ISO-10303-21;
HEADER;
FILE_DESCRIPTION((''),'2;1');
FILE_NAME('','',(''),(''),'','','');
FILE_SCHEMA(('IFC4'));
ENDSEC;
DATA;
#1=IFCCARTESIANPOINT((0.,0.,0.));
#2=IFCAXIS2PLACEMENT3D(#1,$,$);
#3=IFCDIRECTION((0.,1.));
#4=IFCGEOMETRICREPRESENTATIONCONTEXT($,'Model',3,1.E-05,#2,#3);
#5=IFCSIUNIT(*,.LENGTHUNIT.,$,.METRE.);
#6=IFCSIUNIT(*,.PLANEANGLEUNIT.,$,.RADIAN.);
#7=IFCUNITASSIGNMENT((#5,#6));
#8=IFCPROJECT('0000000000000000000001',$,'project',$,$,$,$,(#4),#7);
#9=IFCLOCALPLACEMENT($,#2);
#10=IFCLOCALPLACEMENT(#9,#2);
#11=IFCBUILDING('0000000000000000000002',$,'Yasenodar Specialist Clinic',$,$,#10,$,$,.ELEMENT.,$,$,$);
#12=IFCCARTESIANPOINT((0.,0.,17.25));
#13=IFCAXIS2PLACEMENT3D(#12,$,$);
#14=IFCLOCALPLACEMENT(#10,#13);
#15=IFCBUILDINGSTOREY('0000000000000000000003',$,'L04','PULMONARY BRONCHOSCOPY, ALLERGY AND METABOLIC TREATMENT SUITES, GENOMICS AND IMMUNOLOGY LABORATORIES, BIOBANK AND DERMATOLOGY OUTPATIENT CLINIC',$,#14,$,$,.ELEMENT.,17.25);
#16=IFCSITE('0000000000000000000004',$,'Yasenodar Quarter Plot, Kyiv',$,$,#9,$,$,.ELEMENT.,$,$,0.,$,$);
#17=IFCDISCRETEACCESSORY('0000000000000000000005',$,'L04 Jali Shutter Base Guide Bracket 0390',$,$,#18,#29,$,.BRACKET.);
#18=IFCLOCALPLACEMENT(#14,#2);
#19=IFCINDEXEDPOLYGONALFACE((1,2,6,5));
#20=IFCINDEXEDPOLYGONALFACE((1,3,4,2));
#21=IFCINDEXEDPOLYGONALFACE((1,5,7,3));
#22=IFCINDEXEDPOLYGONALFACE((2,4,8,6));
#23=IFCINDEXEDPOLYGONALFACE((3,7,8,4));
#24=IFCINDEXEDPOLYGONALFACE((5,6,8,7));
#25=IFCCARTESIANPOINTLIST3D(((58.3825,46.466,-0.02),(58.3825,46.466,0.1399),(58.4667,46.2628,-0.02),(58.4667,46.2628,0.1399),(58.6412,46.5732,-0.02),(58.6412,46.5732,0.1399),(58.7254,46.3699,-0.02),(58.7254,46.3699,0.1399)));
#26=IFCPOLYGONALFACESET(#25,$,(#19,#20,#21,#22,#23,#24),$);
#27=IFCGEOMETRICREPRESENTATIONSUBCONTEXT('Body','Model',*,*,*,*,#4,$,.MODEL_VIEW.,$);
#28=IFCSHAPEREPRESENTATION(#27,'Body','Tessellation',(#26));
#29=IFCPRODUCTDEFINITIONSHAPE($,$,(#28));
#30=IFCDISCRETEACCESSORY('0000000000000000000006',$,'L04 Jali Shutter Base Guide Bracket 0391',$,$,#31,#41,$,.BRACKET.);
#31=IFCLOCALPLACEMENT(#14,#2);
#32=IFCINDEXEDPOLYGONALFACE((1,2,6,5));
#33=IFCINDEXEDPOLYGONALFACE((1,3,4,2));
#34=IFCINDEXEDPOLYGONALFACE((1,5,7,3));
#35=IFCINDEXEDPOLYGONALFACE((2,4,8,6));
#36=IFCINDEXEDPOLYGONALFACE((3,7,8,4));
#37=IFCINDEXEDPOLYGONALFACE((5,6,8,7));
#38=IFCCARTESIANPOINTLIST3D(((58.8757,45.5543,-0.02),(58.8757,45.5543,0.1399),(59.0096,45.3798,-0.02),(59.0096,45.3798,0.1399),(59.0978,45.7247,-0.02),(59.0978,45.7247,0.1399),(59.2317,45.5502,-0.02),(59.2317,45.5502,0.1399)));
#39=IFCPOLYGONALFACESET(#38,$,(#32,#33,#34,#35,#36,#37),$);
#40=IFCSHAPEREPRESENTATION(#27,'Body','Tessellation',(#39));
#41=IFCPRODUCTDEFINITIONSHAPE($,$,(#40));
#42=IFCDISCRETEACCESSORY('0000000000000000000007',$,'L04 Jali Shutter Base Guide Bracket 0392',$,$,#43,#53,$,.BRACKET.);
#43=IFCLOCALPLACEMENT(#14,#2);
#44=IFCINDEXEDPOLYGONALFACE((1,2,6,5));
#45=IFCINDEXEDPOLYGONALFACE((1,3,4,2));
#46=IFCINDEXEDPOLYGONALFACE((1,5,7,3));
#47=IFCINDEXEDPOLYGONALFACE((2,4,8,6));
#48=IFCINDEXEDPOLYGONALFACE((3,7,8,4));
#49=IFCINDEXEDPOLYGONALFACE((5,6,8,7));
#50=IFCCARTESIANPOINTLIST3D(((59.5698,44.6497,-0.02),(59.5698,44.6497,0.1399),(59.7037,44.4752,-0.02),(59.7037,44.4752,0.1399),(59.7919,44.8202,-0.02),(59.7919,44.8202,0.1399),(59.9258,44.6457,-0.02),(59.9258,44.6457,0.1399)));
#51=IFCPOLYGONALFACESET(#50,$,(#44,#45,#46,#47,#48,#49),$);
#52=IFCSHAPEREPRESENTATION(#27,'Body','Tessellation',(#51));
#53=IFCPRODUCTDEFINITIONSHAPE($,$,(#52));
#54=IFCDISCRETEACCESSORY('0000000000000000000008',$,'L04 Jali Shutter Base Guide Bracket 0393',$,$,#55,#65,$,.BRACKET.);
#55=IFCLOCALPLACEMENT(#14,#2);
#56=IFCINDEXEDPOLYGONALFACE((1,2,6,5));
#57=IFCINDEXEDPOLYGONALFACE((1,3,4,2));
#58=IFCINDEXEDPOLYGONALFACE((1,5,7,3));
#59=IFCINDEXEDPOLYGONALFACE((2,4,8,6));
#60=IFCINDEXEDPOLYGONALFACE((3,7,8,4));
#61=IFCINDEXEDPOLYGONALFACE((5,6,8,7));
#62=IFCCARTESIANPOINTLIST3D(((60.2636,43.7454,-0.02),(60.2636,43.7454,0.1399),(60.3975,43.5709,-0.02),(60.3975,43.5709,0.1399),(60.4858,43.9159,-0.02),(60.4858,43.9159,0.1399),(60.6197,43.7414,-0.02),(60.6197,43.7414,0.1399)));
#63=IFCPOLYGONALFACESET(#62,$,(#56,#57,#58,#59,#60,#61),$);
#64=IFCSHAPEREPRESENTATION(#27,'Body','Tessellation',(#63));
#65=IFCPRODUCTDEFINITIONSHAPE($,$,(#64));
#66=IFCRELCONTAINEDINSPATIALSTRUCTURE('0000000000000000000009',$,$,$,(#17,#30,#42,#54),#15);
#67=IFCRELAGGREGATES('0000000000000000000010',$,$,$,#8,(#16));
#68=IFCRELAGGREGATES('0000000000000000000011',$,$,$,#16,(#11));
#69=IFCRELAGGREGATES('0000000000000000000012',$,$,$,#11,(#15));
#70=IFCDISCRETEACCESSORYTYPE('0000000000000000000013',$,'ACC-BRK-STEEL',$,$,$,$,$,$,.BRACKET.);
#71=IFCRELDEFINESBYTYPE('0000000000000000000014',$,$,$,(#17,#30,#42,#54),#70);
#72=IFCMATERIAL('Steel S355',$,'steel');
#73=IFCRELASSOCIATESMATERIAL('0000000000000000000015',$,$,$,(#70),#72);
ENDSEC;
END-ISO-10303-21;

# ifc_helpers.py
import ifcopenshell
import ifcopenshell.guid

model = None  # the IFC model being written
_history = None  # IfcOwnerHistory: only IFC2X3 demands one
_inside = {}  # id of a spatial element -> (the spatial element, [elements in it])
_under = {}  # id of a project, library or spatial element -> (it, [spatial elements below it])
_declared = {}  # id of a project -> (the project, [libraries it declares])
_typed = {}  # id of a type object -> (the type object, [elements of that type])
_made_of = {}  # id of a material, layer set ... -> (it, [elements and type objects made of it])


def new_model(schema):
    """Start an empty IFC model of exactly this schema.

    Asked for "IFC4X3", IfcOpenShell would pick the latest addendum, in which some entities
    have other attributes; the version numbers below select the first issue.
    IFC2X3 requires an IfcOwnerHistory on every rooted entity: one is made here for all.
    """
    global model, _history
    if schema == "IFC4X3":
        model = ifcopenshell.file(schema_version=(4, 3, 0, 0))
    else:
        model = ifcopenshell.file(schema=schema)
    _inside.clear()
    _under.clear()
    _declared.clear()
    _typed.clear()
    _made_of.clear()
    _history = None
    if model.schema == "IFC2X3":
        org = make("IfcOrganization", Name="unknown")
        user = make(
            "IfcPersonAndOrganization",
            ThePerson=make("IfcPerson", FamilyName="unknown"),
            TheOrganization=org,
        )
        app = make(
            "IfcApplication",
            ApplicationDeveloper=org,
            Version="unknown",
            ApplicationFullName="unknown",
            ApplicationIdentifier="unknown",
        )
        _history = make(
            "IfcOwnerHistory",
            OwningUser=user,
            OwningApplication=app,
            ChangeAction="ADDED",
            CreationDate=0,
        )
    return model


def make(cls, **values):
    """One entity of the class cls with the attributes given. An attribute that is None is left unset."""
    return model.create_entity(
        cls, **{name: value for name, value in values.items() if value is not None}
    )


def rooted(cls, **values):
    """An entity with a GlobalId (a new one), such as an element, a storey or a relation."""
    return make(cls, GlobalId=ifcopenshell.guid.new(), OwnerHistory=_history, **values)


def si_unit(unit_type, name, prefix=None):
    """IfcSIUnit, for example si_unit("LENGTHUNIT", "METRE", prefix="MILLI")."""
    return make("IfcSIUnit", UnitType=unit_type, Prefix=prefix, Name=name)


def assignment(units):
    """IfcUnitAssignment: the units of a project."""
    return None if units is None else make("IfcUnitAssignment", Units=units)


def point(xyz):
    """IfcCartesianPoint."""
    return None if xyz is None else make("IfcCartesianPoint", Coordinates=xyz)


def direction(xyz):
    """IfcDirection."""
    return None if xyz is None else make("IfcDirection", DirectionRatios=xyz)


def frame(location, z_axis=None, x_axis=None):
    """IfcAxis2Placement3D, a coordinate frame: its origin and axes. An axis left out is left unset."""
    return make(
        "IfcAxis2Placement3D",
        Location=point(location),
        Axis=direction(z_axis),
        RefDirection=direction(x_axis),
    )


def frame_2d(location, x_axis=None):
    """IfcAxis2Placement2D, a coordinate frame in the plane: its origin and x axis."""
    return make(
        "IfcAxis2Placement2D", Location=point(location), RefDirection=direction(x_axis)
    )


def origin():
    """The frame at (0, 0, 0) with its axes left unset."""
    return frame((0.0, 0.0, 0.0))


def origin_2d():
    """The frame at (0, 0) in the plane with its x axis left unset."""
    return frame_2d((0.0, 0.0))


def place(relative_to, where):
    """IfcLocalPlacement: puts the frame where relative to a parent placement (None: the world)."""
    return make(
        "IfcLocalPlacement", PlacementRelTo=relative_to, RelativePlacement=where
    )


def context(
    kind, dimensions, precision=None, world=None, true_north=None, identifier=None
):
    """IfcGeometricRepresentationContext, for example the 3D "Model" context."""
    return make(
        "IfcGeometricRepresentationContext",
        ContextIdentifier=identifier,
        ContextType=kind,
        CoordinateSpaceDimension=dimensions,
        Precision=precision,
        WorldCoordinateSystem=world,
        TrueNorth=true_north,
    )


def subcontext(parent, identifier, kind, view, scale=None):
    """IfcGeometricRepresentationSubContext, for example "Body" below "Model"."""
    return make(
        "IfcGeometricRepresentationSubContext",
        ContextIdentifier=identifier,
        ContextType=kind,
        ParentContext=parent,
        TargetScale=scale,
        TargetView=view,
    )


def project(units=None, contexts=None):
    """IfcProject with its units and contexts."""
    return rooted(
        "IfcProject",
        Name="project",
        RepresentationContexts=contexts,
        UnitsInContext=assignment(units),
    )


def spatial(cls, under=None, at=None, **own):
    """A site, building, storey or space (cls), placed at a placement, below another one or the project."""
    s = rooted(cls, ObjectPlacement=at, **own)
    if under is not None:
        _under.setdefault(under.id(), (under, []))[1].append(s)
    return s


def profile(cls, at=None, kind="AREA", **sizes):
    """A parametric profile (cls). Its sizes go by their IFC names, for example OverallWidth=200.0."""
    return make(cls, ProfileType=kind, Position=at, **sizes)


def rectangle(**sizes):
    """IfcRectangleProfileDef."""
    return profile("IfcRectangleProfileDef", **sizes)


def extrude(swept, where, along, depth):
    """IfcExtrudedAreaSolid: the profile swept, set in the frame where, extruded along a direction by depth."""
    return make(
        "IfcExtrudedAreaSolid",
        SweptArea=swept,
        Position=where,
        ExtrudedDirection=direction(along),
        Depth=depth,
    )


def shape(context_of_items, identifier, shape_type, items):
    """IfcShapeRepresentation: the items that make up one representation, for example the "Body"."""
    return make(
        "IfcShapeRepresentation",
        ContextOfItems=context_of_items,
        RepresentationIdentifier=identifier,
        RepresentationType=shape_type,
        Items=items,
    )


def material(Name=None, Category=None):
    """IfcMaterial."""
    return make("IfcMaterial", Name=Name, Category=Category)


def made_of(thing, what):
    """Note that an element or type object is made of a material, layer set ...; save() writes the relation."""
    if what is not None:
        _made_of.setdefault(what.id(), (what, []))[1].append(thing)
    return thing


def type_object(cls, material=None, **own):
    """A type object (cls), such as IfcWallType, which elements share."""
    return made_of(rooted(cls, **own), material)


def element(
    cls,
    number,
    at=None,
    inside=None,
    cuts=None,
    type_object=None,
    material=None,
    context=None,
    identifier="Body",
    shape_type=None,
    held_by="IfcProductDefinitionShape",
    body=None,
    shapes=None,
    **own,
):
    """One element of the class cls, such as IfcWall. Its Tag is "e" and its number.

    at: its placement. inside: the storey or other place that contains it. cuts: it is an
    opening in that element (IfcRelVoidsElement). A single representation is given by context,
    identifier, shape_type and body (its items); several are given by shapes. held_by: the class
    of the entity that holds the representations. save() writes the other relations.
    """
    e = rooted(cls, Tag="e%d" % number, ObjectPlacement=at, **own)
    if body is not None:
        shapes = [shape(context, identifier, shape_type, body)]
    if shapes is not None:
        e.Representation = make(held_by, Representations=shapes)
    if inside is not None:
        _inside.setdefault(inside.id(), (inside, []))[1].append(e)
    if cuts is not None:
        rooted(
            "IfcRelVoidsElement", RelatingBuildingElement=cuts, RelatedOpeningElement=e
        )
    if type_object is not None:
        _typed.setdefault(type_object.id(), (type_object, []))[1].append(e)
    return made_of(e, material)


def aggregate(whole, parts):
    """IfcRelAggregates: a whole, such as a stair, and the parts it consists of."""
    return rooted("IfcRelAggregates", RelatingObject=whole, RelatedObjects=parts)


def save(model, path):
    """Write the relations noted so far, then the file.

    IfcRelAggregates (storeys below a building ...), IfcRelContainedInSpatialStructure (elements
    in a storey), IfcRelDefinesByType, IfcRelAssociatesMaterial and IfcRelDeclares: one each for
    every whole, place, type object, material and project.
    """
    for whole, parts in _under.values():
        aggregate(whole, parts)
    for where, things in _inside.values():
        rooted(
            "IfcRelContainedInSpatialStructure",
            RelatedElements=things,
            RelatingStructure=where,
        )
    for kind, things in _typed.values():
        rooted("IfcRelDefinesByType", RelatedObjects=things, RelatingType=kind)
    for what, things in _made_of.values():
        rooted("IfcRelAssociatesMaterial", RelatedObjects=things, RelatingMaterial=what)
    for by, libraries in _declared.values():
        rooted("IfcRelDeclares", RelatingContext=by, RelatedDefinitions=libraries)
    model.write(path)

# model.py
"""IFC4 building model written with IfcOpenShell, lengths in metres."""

from ifc_helpers import new_model, si_unit, direction, frame, origin, origin_2d, place, context, subcontext, project, spatial, rectangle, extrude, material, type_object, element, save


model = new_model("IFC4")

# Units and contexts
model_context = context("Model", 3, precision=1e-05, world=origin(), true_north=direction((0.0, 1.0)))
body_context = subcontext(model_context, "Body", "Model", "MODEL_VIEW")
ifc_project = project(units=[si_unit("LENGTHUNIT", "METRE"), si_unit("PLANEANGLEUNIT", "RADIAN")], contexts=[model_context])

# Site, building, storey
site_placement = place(None, origin())
site = spatial("IfcSite", under=ifc_project, at=site_placement, Name="Yasenodar Quarter Plot, Kyiv", CompositionType="ELEMENT", RefElevation=0.0)
building_placement = place(site_placement, origin())
building = spatial("IfcBuilding", under=site, at=building_placement, Name="Yasenodar Specialist Clinic", CompositionType="ELEMENT")
storey_placement = place(building_placement, frame((0.0, 0.0, 17.25)))
storey = spatial("IfcBuildingStorey", under=building, at=storey_placement, Name="L04", Description="PULMONARY BRONCHOSCOPY, ALLERGY AND METABOLIC TREATMENT SUITES, GENOMICS AND IMMUNOLOGY LABORATORIES, BIOBANK AND DERMATOLOGY OUTPATIENT CLINIC", CompositionType="ELEMENT", Elevation=17.25)

# Shared definitions
ifc_material_1 = material(Name="Steel S355", Category="steel")

# Discrete accessories
discrete_accessory_type = type_object("IfcDiscreteAccessoryType", Name="ACC-BRK-STEEL", PredefinedType="BRACKET", material=ifc_material_1)
for number, where, z_axis, x_axis, name in (
    (1, (58.554, 46.418, -0.02), (0.0, 0.0, 1.0), (0.382687, -0.923878, 0.0), "L04 Jali Shutter Base Guide Bracket 0390"),
    (2, (59.0537, 45.5522, -0.02), (0.0, 0.0, 1.0), (0.608764, -0.793351, 0.0), "L04 Jali Shutter Base Guide Bracket 0391"),
    (3, (59.7478, 44.6477, -0.02), (0.0, 0.0, 1.0), (0.608764, -0.793351, 0.0), "L04 Jali Shutter Base Guide Bracket 0392"),
    (4, (60.4417, 43.7434, -0.02), (0.0, 0.0, 1.0), (0.608764, -0.793351, 0.0), "L04 Jali Shutter Base Guide Bracket 0393"),
):
    element("IfcDiscreteAccessory", number, at=place(storey_placement, frame(where, z_axis=z_axis, x_axis=x_axis)), inside=storey, type_object=discrete_accessory_type, Name=name, PredefinedType="BRACKET", context=body_context, shape_type="SweptSolid", body=[
        extrude(rectangle(XDim=0.22, YDim=0.28, at=origin_2d()), origin(), (0.0, 0.0, 1.0), 0.1599),
    ])

save(model, "model.ifc")
